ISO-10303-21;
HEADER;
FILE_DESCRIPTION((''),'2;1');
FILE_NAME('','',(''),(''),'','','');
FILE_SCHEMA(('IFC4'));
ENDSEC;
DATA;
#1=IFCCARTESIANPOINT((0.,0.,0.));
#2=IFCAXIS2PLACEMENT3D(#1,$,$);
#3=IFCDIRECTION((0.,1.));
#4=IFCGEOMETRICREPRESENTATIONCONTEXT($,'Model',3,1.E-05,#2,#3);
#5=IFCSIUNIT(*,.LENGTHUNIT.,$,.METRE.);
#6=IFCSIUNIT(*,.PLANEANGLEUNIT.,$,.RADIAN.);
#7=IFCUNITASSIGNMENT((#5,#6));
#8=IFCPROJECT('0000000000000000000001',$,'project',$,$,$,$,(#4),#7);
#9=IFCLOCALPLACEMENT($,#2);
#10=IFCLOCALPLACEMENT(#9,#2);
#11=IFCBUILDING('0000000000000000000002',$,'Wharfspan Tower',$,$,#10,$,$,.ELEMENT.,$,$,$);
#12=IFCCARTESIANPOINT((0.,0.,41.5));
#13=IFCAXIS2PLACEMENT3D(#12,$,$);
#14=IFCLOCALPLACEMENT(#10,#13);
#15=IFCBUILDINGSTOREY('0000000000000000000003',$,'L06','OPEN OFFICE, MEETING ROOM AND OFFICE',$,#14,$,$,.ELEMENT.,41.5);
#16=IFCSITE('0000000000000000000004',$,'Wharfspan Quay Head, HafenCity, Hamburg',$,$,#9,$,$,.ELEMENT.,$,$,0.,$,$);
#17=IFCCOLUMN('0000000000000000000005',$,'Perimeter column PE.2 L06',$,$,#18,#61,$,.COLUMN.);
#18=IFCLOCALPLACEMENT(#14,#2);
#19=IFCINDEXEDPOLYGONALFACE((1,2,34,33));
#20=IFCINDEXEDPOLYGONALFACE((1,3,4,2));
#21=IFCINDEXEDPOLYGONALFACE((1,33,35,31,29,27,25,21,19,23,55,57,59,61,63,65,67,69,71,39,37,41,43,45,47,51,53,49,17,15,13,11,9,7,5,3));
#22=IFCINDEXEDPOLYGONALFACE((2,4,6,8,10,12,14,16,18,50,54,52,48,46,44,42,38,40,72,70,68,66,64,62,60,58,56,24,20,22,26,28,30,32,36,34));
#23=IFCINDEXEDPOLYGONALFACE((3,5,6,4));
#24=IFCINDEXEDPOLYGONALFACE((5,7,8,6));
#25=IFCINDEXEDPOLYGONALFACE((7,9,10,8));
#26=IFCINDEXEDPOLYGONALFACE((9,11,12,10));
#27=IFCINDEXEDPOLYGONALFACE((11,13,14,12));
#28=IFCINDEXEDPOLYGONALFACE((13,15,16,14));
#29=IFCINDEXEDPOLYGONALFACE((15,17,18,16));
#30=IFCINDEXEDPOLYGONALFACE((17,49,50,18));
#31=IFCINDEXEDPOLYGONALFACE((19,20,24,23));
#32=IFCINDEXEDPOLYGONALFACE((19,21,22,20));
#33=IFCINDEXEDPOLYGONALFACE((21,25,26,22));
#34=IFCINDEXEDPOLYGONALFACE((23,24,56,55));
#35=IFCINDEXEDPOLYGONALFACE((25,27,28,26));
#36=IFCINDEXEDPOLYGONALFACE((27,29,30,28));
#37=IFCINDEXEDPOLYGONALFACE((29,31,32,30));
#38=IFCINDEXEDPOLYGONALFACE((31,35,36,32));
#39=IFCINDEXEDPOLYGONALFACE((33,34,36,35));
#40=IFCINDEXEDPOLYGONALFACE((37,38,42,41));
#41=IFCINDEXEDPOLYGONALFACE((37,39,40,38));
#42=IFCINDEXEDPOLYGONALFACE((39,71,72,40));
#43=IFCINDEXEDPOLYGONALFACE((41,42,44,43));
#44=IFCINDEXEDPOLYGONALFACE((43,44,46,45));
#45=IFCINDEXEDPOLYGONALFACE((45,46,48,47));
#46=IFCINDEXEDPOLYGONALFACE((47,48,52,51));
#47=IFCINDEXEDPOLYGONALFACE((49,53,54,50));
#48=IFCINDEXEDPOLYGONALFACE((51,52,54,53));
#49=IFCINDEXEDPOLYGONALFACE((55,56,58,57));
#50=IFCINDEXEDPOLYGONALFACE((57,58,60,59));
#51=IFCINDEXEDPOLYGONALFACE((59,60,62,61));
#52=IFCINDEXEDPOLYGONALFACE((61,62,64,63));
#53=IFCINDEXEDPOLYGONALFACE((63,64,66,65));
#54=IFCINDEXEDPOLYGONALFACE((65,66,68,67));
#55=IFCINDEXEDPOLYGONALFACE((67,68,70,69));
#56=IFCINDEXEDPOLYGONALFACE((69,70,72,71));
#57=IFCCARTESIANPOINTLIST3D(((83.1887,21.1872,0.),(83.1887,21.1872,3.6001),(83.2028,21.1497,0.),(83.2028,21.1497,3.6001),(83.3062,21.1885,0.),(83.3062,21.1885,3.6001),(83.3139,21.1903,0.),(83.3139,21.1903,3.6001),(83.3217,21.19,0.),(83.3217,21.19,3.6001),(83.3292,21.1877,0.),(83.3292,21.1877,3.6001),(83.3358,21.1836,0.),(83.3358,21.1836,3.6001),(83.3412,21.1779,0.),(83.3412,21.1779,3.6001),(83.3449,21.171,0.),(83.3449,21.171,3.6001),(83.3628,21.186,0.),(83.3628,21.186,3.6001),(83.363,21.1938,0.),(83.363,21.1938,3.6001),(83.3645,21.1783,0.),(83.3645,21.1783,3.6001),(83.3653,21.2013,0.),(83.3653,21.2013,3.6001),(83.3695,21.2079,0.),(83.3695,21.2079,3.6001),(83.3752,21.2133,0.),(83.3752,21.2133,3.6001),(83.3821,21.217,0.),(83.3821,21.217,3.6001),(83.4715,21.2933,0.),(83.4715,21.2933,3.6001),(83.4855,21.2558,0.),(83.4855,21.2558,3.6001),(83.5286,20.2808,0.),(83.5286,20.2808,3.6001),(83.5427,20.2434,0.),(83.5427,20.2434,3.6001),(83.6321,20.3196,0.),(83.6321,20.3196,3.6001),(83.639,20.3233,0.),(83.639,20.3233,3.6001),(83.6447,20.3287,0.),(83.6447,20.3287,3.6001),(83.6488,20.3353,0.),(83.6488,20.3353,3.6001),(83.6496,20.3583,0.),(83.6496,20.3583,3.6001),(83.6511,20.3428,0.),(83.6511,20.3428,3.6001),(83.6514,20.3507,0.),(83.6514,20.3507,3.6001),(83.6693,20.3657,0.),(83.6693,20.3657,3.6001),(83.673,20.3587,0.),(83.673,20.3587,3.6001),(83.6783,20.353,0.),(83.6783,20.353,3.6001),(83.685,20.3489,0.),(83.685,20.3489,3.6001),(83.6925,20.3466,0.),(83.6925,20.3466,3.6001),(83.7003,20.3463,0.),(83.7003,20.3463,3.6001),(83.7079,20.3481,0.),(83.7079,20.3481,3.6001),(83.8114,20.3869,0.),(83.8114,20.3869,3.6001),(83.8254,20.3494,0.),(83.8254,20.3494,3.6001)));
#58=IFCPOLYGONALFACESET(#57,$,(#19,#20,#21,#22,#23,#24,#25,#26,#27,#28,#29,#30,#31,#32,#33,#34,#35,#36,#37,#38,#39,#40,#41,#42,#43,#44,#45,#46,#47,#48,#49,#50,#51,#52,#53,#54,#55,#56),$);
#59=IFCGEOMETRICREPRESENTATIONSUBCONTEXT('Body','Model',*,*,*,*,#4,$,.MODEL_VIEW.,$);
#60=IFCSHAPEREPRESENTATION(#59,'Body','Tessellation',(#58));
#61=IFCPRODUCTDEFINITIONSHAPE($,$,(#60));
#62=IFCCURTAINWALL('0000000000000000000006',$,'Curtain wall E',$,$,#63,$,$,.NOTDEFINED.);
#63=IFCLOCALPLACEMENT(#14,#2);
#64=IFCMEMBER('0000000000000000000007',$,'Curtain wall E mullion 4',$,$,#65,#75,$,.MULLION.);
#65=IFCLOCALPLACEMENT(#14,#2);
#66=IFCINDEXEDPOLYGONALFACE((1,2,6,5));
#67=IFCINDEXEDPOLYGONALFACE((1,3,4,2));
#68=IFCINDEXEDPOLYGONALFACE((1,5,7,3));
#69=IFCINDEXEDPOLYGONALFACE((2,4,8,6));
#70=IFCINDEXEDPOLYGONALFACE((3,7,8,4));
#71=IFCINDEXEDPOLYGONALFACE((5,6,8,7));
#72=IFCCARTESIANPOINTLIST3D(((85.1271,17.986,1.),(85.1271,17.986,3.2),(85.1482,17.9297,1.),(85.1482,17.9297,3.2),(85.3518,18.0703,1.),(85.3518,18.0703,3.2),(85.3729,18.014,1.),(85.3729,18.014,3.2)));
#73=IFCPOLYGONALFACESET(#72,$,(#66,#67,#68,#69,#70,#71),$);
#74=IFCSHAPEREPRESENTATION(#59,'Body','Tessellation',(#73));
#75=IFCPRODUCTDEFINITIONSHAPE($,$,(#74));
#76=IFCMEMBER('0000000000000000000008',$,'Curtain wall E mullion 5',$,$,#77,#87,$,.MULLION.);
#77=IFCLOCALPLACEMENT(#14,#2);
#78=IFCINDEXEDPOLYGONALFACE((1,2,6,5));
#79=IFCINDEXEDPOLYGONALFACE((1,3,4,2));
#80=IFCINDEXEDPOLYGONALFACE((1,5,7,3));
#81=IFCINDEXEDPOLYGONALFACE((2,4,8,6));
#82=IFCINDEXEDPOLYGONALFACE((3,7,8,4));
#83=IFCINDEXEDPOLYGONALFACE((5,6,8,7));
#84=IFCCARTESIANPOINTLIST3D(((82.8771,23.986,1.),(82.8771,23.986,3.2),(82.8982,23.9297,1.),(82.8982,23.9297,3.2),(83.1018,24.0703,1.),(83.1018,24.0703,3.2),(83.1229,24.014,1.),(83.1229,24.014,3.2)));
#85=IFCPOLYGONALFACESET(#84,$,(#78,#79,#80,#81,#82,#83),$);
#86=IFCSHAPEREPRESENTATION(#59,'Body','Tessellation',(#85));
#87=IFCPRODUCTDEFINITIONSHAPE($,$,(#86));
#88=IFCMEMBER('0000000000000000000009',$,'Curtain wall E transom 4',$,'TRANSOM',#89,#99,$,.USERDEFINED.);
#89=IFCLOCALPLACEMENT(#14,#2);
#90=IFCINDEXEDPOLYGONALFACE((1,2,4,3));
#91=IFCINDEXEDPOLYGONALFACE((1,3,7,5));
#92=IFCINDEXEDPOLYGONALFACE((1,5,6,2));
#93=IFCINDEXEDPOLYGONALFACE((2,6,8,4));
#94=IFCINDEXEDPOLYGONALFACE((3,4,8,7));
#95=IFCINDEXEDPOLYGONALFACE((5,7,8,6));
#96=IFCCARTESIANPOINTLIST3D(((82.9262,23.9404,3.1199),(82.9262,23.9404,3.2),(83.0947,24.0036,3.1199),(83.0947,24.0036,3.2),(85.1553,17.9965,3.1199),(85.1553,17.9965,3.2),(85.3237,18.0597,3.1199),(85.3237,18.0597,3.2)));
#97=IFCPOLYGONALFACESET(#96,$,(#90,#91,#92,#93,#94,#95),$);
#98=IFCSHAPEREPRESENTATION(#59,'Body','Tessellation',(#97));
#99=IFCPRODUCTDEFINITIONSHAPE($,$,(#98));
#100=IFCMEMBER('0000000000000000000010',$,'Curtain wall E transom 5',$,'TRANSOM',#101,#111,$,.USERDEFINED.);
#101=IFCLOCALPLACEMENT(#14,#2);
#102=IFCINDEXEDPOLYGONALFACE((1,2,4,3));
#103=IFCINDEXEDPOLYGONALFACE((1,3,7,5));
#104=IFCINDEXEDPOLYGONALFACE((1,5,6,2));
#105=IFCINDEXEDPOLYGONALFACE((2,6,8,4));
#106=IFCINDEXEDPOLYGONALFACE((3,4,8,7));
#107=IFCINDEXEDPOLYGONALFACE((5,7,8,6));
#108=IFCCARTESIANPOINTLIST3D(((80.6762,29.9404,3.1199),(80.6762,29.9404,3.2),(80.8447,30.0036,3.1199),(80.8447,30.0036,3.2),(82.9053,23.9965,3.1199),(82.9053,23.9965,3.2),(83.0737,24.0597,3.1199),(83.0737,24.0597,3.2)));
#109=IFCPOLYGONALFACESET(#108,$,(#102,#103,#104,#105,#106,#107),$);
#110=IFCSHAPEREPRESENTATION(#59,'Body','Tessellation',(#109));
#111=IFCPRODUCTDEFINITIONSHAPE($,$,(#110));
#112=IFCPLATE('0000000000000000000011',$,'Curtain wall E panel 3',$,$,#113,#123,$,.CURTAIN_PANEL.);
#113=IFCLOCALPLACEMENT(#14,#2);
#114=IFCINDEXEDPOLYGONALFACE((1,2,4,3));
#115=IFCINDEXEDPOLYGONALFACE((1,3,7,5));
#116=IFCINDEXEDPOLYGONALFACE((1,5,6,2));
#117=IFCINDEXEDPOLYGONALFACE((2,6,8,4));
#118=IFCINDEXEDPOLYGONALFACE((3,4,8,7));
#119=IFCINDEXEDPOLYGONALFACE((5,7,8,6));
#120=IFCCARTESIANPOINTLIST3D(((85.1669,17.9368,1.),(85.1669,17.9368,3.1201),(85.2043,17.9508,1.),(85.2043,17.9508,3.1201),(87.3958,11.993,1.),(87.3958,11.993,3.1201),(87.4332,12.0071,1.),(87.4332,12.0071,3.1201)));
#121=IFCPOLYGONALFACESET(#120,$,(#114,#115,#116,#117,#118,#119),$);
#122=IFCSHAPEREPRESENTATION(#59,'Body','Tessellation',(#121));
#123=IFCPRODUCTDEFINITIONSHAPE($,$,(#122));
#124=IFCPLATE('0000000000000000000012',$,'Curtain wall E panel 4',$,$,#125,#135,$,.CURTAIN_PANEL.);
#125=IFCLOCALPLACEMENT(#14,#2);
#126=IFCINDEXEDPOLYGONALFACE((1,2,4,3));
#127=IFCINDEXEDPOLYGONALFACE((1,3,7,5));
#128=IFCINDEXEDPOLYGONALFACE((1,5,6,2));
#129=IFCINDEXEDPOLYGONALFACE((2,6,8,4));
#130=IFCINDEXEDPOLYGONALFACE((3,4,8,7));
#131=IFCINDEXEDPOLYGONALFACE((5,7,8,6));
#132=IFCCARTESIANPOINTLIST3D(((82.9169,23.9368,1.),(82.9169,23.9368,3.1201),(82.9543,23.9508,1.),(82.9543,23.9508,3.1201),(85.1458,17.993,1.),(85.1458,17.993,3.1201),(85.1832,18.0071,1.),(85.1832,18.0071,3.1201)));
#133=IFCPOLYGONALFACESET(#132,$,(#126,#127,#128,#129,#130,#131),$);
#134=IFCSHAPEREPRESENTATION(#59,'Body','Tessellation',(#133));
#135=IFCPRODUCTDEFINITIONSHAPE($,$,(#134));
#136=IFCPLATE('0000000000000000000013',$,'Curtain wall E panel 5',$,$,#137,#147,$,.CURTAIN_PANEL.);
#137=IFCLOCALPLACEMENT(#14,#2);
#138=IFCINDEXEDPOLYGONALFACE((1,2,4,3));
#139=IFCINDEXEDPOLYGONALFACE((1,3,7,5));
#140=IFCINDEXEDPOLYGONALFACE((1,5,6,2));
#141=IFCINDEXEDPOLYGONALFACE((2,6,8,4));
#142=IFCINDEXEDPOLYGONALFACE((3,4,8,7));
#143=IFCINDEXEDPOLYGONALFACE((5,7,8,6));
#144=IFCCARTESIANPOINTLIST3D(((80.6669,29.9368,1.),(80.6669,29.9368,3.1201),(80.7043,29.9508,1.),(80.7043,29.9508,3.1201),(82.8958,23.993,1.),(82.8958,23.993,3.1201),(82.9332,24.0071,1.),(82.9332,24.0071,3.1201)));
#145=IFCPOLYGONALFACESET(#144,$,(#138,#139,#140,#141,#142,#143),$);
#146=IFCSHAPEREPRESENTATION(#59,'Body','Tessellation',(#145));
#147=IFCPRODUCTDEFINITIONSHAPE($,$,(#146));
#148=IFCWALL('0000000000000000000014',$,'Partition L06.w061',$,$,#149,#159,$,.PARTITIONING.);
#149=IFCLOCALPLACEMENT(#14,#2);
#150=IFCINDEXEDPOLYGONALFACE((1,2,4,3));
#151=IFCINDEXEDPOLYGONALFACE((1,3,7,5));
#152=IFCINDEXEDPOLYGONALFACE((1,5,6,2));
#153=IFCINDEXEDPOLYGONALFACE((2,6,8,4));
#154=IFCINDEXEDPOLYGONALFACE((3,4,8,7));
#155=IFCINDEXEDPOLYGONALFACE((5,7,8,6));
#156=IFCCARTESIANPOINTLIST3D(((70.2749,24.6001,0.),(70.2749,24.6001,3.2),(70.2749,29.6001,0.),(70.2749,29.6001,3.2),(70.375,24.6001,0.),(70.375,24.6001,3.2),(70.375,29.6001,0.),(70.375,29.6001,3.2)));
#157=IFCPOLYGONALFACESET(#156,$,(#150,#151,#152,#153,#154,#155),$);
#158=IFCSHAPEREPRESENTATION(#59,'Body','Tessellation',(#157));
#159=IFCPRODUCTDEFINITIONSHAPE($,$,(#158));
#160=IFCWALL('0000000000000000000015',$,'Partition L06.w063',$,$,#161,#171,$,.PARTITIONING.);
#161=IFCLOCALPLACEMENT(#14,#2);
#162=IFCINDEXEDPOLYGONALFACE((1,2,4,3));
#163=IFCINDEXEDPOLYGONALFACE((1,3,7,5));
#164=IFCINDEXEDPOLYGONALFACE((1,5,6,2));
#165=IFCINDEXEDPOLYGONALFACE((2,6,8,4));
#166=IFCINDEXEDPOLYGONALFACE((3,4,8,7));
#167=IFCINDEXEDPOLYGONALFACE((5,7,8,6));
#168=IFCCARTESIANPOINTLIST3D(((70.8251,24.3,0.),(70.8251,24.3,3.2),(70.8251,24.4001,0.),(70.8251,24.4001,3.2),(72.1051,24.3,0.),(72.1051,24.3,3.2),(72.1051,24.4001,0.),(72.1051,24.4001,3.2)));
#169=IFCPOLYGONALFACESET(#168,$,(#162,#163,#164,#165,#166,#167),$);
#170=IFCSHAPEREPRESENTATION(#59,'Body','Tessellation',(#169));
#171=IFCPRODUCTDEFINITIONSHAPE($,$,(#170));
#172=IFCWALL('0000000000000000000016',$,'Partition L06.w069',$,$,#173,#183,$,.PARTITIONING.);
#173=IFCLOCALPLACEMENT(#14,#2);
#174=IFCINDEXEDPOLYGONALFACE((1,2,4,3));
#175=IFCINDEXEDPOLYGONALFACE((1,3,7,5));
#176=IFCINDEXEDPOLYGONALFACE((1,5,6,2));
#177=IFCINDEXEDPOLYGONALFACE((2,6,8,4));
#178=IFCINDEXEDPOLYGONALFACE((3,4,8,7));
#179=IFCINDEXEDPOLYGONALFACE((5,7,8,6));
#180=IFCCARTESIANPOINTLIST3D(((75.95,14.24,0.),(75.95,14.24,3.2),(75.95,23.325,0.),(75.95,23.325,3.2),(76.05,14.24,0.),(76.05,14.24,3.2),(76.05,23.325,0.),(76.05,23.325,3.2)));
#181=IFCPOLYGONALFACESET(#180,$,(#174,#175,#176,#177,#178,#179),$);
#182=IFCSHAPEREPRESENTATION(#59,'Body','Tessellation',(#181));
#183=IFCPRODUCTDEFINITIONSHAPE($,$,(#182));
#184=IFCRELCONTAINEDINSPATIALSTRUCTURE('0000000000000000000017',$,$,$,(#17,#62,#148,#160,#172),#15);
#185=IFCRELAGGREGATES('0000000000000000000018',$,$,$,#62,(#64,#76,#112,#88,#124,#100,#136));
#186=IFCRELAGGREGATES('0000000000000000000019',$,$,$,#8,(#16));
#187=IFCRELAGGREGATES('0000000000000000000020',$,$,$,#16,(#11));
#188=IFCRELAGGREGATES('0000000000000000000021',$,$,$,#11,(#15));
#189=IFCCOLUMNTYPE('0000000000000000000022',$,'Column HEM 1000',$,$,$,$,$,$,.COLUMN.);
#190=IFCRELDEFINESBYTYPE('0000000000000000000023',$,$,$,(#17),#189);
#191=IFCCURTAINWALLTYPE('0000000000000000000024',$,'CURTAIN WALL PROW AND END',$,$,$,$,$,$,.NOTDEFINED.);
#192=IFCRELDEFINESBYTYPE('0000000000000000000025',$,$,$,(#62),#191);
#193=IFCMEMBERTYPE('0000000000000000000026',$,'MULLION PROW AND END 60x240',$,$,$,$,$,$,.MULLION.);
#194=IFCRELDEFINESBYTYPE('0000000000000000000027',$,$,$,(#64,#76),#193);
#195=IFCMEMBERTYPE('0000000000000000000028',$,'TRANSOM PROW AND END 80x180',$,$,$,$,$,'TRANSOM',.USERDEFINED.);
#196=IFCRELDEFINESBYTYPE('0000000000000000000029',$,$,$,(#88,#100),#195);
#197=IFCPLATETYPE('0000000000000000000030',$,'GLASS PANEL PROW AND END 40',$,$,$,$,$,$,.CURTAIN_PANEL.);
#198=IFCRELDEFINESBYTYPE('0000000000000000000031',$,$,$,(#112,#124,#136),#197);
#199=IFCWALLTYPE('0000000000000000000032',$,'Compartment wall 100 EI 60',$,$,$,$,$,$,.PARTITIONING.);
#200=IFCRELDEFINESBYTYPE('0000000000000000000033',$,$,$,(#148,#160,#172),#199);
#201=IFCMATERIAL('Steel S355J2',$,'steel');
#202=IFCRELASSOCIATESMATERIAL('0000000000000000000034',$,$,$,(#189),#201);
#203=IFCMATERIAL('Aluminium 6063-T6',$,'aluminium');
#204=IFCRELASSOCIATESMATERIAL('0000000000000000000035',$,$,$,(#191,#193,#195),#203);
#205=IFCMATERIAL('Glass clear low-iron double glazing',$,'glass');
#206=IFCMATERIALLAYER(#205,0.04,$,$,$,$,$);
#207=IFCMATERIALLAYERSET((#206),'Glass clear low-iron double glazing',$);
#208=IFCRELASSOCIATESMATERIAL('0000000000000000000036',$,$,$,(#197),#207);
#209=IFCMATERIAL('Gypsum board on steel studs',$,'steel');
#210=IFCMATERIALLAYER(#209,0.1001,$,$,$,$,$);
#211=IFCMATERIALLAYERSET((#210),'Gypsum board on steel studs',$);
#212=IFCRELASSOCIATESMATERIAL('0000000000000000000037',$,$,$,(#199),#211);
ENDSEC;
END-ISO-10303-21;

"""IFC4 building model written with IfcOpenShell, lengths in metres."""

from ifc_helpers import new_model, si_unit, direction, frame, frame_2d, origin, origin_2d, place, context, subcontext, project, spatial, rectangle, i_section, extrude, material, layer, layer_set, material_profile, profile_set, type_object, element, aggregate, save


model = new_model("IFC4")

# Units and contexts
model_context = context("Model", 3, precision=1e-05, world=origin(), true_north=direction((0.0, 1.0)))
body_context = subcontext(model_context, "Body", "Model", "MODEL_VIEW")
ifc_project = project(units=[si_unit("LENGTHUNIT", "METRE"), si_unit("PLANEANGLEUNIT", "RADIAN")], contexts=[model_context])

# Site, building, storey
site_placement = place(None, origin())
site = spatial("IfcSite", under=ifc_project, at=site_placement, Name="Wharfspan Quay Head, HafenCity, Hamburg", CompositionType="ELEMENT", RefElevation=0.0)
building_placement = place(site_placement, origin())
building = spatial("IfcBuilding", under=site, at=building_placement, Name="Wharfspan Tower", CompositionType="ELEMENT")
storey_placement = place(building_placement, frame((0.0, 0.0, 41.5)))
storey = spatial("IfcBuildingStorey", under=building, at=storey_placement, Name="L06", Description="OPEN OFFICE, MEETING ROOM AND OFFICE", CompositionType="ELEMENT", Elevation=41.5)

# Column
ifc_material_1 = material(Name="Steel S355J2", Category="steel")
ifc_material_profile_1 = material_profile(ifc_material_1, i_section(OverallWidth=0.302, OverallDepth=1.0081, WebThickness=0.021, FlangeThickness=0.04, FilletRadius=0.03, at=origin_2d()))
ifc_profile_set_1 = profile_set([ifc_material_profile_1], Name="Steel S355J2")
column_type = type_object("IfcColumnType", Name="Column HEM 1000", PredefinedType="COLUMN", material=ifc_profile_set_1)
column_placement = place(storey_placement, frame((83.5071, 20.7683, 0.0), z_axis=(0.0, 0.0, 1.0), x_axis=(0.936328, 0.351123, 0.0)))
element("IfcColumn", 1, at=column_placement, inside=storey, type_object=column_type, Name="Perimeter column PE.2 L06", PredefinedType="COLUMN", context=body_context, shape_type="SweptSolid", body=[
    extrude(i_section(OverallWidth=0.302, OverallDepth=1.0081, WebThickness=0.021, FlangeThickness=0.04, FilletRadius=0.03, at=origin_2d()), origin(), (0.0, 0.0, 1.0), 3.6001),
])

# Curtain wall, members, plates
ifc_material_2 = material(Name="Aluminium 6063-T6", Category="aluminium")
curtain_wall_type = type_object("IfcCurtainWallType", Name="CURTAIN WALL PROW AND END", PredefinedType="NOTDEFINED", material=ifc_material_2)
curtain_wall_placement = place(storey_placement, origin())
curtain_wall = element("IfcCurtainWall", 2, at=curtain_wall_placement, inside=storey, type_object=curtain_wall_type, Name="Curtain wall E", PredefinedType="NOTDEFINED")
ifc_material_profile_2 = material_profile(ifc_material_2, rectangle(XDim=0.24, YDim=0.0601, at=origin_2d()))
ifc_profile_set_2 = profile_set([ifc_material_profile_2], Name="Aluminium 6063-T6")
member_type_1 = type_object("IfcMemberType", Name="MULLION PROW AND END 60x240", PredefinedType="MULLION", material=ifc_profile_set_2)
member_1_placement = place(storey_placement, frame((85.25, 18.0, 1.0), z_axis=(0.0, 0.0, 1.0), x_axis=(-0.936328, -0.351123, 0.0)))
member_1 = element("IfcMember", 3, at=member_1_placement, type_object=member_type_1, Name="Curtain wall E mullion 4", PredefinedType="MULLION", context=body_context, shape_type="SweptSolid", body=[
    extrude(rectangle(XDim=0.24, YDim=0.0601, at=origin_2d()), origin(), (0.0, 0.0, 1.0), 2.2),
])
member_2_placement = place(storey_placement, frame((83.0, 24.0, 1.0), z_axis=(0.0, 0.0, 1.0), x_axis=(-0.936328, -0.351123, 0.0)))
member_2 = element("IfcMember", 4, at=member_2_placement, type_object=member_type_1, Name="Curtain wall E mullion 5", PredefinedType="MULLION", context=body_context, shape_type="SweptSolid", body=[
    extrude(rectangle(XDim=0.24, YDim=0.0601, at=origin_2d()), origin(), (0.0, 0.0, 1.0), 2.2),
])
ifc_material_profile_3 = material_profile(ifc_material_2, rectangle(XDim=0.1799, YDim=0.0801, at=origin_2d()))
ifc_profile_set_3 = profile_set([ifc_material_profile_3], Name="Aluminium 6063-T6")
member_type_2 = type_object("IfcMemberType", Name="TRANSOM PROW AND END 80x180", ElementType="TRANSOM", PredefinedType="USERDEFINED", material=ifc_profile_set_3)
member_3_placement = place(storey_placement, frame((85.2395, 18.0281, 3.1599), z_axis=(-0.351132, 0.936326, 0.0), x_axis=(-0.936326, -0.351132, 0.0)))
member_3 = element("IfcMember", 5, at=member_3_placement, type_object=member_type_2, Name="Curtain wall E transom 4", ObjectType="TRANSOM", PredefinedType="USERDEFINED", context=body_context, shape_type="SweptSolid", body=[
    extrude(rectangle(XDim=0.1799, YDim=0.0801, at=origin_2d()), origin(), (0.0, 0.0, 1.0), 6.3481),
])
member_4_placement = place(storey_placement, frame((82.9895, 24.0281, 3.1599), z_axis=(-0.351132, 0.936326, 0.0), x_axis=(-0.936326, -0.351132, 0.0)))
member_4 = element("IfcMember", 6, at=member_4_placement, type_object=member_type_2, Name="Curtain wall E transom 5", ObjectType="TRANSOM", PredefinedType="USERDEFINED", context=body_context, shape_type="SweptSolid", body=[
    extrude(rectangle(XDim=0.1799, YDim=0.0801, at=origin_2d()), origin(), (0.0, 0.0, 1.0), 6.3481),
])
ifc_material_3 = material(Name="Glass clear low-iron double glazing", Category="glass")
ifc_layer_1 = layer(ifc_material_3, 0.04)
ifc_layer_set_1 = layer_set([ifc_layer_1], Name="Glass clear low-iron double glazing")
plate_type = type_object("IfcPlateType", Name="GLASS PANEL PROW AND END 40", PredefinedType="CURTAIN_PANEL", material=ifc_layer_set_1)
plate_1_placement = place(storey_placement, frame((86.3, 14.9719, 1.0), z_axis=(0.0, 0.0, 1.0), x_axis=(-0.351123, 0.936328, 0.0)))
plate_1 = element("IfcPlate", 7, at=plate_1_placement, type_object=plate_type, Name="Curtain wall E panel 3", PredefinedType="CURTAIN_PANEL", context=body_context, shape_type="SweptSolid", body=[
    extrude(rectangle(XDim=6.3479, YDim=0.04, at=origin_2d()), origin(), (0.0, 0.0, 1.0), 2.1201),
])
plate_2_placement = place(storey_placement, frame((84.05, 20.9719, 1.0), z_axis=(0.0, 0.0, 1.0), x_axis=(-0.351123, 0.936328, 0.0)))
plate_2 = element("IfcPlate", 8, at=plate_2_placement, type_object=plate_type, Name="Curtain wall E panel 4", PredefinedType="CURTAIN_PANEL", context=body_context, shape_type="SweptSolid", body=[
    extrude(rectangle(XDim=6.3479, YDim=0.04, at=origin_2d()), origin(), (0.0, 0.0, 1.0), 2.1201),
])
plate_3_placement = place(storey_placement, frame((81.8, 26.9719, 1.0), z_axis=(0.0, 0.0, 1.0), x_axis=(-0.351123, 0.936328, 0.0)))
plate_3 = element("IfcPlate", 9, at=plate_3_placement, type_object=plate_type, Name="Curtain wall E panel 5", PredefinedType="CURTAIN_PANEL", context=body_context, shape_type="SweptSolid", body=[
    extrude(rectangle(XDim=6.3479, YDim=0.04, at=origin_2d()), origin(), (0.0, 0.0, 1.0), 2.1201),
])
aggregate(curtain_wall, [member_1, member_2, plate_1, member_3, plate_2, member_4, plate_3])

# Walls
ifc_material_4 = material(Name="Gypsum board on steel studs", Category="steel")
ifc_layer_2 = layer(ifc_material_4, 0.1001)
ifc_layer_set_2 = layer_set([ifc_layer_2], Name="Gypsum board on steel studs")
wall_type_1 = type_object("IfcWallType", Name="Compartment wall 100 EI 60", PredefinedType="PARTITIONING", material=ifc_layer_set_2)
wall_1_placement = place(storey_placement, frame((70.325, 24.6001, 0.0), z_axis=(0.0, 0.0, 1.0), x_axis=(0.0, 1.0, 0.0)))
element("IfcWall", 10, at=wall_1_placement, inside=storey, type_object=wall_type_1, Name="Partition L06.w061", PredefinedType="PARTITIONING", context=body_context, shape_type="SweptSolid", body=[
    extrude(rectangle(XDim=5.0, YDim=0.1001, at=frame_2d((2.5, 0.0))), origin(), (0.0, 0.0, 1.0), 3.2),
])
wall_2_placement = place(storey_placement, frame((70.825, 24.3501, 0.0), z_axis=(0.0, 0.0, 1.0), x_axis=(1.0, 0.0, 0.0)))
element("IfcWall", 11, at=wall_2_placement, inside=storey, type_object=wall_type_1, Name="Partition L06.w063", PredefinedType="PARTITIONING", context=body_context, shape_type="SweptSolid", body=[
    extrude(rectangle(XDim=1.28, YDim=0.1001, at=frame_2d((0.6401, 0.0))), origin(), (0.0, 0.0, 1.0), 3.2),
])
wall_3_placement = place(storey_placement, frame((76.0, 14.24, 0.0), z_axis=(0.0, 0.0, 1.0), x_axis=(0.0, 1.0, 0.0)))
element("IfcWall", 12, at=wall_3_placement, inside=storey, type_object=wall_type_1, Name="Partition L06.w069", PredefinedType="PARTITIONING", context=body_context, shape_type="SweptSolid", body=[
    extrude(rectangle(XDim=9.085, YDim=0.1001, at=frame_2d((4.5425, 0.0))), origin(), (0.0, 0.0, 1.0), 3.2),
])

save(model, "model.ifc")
